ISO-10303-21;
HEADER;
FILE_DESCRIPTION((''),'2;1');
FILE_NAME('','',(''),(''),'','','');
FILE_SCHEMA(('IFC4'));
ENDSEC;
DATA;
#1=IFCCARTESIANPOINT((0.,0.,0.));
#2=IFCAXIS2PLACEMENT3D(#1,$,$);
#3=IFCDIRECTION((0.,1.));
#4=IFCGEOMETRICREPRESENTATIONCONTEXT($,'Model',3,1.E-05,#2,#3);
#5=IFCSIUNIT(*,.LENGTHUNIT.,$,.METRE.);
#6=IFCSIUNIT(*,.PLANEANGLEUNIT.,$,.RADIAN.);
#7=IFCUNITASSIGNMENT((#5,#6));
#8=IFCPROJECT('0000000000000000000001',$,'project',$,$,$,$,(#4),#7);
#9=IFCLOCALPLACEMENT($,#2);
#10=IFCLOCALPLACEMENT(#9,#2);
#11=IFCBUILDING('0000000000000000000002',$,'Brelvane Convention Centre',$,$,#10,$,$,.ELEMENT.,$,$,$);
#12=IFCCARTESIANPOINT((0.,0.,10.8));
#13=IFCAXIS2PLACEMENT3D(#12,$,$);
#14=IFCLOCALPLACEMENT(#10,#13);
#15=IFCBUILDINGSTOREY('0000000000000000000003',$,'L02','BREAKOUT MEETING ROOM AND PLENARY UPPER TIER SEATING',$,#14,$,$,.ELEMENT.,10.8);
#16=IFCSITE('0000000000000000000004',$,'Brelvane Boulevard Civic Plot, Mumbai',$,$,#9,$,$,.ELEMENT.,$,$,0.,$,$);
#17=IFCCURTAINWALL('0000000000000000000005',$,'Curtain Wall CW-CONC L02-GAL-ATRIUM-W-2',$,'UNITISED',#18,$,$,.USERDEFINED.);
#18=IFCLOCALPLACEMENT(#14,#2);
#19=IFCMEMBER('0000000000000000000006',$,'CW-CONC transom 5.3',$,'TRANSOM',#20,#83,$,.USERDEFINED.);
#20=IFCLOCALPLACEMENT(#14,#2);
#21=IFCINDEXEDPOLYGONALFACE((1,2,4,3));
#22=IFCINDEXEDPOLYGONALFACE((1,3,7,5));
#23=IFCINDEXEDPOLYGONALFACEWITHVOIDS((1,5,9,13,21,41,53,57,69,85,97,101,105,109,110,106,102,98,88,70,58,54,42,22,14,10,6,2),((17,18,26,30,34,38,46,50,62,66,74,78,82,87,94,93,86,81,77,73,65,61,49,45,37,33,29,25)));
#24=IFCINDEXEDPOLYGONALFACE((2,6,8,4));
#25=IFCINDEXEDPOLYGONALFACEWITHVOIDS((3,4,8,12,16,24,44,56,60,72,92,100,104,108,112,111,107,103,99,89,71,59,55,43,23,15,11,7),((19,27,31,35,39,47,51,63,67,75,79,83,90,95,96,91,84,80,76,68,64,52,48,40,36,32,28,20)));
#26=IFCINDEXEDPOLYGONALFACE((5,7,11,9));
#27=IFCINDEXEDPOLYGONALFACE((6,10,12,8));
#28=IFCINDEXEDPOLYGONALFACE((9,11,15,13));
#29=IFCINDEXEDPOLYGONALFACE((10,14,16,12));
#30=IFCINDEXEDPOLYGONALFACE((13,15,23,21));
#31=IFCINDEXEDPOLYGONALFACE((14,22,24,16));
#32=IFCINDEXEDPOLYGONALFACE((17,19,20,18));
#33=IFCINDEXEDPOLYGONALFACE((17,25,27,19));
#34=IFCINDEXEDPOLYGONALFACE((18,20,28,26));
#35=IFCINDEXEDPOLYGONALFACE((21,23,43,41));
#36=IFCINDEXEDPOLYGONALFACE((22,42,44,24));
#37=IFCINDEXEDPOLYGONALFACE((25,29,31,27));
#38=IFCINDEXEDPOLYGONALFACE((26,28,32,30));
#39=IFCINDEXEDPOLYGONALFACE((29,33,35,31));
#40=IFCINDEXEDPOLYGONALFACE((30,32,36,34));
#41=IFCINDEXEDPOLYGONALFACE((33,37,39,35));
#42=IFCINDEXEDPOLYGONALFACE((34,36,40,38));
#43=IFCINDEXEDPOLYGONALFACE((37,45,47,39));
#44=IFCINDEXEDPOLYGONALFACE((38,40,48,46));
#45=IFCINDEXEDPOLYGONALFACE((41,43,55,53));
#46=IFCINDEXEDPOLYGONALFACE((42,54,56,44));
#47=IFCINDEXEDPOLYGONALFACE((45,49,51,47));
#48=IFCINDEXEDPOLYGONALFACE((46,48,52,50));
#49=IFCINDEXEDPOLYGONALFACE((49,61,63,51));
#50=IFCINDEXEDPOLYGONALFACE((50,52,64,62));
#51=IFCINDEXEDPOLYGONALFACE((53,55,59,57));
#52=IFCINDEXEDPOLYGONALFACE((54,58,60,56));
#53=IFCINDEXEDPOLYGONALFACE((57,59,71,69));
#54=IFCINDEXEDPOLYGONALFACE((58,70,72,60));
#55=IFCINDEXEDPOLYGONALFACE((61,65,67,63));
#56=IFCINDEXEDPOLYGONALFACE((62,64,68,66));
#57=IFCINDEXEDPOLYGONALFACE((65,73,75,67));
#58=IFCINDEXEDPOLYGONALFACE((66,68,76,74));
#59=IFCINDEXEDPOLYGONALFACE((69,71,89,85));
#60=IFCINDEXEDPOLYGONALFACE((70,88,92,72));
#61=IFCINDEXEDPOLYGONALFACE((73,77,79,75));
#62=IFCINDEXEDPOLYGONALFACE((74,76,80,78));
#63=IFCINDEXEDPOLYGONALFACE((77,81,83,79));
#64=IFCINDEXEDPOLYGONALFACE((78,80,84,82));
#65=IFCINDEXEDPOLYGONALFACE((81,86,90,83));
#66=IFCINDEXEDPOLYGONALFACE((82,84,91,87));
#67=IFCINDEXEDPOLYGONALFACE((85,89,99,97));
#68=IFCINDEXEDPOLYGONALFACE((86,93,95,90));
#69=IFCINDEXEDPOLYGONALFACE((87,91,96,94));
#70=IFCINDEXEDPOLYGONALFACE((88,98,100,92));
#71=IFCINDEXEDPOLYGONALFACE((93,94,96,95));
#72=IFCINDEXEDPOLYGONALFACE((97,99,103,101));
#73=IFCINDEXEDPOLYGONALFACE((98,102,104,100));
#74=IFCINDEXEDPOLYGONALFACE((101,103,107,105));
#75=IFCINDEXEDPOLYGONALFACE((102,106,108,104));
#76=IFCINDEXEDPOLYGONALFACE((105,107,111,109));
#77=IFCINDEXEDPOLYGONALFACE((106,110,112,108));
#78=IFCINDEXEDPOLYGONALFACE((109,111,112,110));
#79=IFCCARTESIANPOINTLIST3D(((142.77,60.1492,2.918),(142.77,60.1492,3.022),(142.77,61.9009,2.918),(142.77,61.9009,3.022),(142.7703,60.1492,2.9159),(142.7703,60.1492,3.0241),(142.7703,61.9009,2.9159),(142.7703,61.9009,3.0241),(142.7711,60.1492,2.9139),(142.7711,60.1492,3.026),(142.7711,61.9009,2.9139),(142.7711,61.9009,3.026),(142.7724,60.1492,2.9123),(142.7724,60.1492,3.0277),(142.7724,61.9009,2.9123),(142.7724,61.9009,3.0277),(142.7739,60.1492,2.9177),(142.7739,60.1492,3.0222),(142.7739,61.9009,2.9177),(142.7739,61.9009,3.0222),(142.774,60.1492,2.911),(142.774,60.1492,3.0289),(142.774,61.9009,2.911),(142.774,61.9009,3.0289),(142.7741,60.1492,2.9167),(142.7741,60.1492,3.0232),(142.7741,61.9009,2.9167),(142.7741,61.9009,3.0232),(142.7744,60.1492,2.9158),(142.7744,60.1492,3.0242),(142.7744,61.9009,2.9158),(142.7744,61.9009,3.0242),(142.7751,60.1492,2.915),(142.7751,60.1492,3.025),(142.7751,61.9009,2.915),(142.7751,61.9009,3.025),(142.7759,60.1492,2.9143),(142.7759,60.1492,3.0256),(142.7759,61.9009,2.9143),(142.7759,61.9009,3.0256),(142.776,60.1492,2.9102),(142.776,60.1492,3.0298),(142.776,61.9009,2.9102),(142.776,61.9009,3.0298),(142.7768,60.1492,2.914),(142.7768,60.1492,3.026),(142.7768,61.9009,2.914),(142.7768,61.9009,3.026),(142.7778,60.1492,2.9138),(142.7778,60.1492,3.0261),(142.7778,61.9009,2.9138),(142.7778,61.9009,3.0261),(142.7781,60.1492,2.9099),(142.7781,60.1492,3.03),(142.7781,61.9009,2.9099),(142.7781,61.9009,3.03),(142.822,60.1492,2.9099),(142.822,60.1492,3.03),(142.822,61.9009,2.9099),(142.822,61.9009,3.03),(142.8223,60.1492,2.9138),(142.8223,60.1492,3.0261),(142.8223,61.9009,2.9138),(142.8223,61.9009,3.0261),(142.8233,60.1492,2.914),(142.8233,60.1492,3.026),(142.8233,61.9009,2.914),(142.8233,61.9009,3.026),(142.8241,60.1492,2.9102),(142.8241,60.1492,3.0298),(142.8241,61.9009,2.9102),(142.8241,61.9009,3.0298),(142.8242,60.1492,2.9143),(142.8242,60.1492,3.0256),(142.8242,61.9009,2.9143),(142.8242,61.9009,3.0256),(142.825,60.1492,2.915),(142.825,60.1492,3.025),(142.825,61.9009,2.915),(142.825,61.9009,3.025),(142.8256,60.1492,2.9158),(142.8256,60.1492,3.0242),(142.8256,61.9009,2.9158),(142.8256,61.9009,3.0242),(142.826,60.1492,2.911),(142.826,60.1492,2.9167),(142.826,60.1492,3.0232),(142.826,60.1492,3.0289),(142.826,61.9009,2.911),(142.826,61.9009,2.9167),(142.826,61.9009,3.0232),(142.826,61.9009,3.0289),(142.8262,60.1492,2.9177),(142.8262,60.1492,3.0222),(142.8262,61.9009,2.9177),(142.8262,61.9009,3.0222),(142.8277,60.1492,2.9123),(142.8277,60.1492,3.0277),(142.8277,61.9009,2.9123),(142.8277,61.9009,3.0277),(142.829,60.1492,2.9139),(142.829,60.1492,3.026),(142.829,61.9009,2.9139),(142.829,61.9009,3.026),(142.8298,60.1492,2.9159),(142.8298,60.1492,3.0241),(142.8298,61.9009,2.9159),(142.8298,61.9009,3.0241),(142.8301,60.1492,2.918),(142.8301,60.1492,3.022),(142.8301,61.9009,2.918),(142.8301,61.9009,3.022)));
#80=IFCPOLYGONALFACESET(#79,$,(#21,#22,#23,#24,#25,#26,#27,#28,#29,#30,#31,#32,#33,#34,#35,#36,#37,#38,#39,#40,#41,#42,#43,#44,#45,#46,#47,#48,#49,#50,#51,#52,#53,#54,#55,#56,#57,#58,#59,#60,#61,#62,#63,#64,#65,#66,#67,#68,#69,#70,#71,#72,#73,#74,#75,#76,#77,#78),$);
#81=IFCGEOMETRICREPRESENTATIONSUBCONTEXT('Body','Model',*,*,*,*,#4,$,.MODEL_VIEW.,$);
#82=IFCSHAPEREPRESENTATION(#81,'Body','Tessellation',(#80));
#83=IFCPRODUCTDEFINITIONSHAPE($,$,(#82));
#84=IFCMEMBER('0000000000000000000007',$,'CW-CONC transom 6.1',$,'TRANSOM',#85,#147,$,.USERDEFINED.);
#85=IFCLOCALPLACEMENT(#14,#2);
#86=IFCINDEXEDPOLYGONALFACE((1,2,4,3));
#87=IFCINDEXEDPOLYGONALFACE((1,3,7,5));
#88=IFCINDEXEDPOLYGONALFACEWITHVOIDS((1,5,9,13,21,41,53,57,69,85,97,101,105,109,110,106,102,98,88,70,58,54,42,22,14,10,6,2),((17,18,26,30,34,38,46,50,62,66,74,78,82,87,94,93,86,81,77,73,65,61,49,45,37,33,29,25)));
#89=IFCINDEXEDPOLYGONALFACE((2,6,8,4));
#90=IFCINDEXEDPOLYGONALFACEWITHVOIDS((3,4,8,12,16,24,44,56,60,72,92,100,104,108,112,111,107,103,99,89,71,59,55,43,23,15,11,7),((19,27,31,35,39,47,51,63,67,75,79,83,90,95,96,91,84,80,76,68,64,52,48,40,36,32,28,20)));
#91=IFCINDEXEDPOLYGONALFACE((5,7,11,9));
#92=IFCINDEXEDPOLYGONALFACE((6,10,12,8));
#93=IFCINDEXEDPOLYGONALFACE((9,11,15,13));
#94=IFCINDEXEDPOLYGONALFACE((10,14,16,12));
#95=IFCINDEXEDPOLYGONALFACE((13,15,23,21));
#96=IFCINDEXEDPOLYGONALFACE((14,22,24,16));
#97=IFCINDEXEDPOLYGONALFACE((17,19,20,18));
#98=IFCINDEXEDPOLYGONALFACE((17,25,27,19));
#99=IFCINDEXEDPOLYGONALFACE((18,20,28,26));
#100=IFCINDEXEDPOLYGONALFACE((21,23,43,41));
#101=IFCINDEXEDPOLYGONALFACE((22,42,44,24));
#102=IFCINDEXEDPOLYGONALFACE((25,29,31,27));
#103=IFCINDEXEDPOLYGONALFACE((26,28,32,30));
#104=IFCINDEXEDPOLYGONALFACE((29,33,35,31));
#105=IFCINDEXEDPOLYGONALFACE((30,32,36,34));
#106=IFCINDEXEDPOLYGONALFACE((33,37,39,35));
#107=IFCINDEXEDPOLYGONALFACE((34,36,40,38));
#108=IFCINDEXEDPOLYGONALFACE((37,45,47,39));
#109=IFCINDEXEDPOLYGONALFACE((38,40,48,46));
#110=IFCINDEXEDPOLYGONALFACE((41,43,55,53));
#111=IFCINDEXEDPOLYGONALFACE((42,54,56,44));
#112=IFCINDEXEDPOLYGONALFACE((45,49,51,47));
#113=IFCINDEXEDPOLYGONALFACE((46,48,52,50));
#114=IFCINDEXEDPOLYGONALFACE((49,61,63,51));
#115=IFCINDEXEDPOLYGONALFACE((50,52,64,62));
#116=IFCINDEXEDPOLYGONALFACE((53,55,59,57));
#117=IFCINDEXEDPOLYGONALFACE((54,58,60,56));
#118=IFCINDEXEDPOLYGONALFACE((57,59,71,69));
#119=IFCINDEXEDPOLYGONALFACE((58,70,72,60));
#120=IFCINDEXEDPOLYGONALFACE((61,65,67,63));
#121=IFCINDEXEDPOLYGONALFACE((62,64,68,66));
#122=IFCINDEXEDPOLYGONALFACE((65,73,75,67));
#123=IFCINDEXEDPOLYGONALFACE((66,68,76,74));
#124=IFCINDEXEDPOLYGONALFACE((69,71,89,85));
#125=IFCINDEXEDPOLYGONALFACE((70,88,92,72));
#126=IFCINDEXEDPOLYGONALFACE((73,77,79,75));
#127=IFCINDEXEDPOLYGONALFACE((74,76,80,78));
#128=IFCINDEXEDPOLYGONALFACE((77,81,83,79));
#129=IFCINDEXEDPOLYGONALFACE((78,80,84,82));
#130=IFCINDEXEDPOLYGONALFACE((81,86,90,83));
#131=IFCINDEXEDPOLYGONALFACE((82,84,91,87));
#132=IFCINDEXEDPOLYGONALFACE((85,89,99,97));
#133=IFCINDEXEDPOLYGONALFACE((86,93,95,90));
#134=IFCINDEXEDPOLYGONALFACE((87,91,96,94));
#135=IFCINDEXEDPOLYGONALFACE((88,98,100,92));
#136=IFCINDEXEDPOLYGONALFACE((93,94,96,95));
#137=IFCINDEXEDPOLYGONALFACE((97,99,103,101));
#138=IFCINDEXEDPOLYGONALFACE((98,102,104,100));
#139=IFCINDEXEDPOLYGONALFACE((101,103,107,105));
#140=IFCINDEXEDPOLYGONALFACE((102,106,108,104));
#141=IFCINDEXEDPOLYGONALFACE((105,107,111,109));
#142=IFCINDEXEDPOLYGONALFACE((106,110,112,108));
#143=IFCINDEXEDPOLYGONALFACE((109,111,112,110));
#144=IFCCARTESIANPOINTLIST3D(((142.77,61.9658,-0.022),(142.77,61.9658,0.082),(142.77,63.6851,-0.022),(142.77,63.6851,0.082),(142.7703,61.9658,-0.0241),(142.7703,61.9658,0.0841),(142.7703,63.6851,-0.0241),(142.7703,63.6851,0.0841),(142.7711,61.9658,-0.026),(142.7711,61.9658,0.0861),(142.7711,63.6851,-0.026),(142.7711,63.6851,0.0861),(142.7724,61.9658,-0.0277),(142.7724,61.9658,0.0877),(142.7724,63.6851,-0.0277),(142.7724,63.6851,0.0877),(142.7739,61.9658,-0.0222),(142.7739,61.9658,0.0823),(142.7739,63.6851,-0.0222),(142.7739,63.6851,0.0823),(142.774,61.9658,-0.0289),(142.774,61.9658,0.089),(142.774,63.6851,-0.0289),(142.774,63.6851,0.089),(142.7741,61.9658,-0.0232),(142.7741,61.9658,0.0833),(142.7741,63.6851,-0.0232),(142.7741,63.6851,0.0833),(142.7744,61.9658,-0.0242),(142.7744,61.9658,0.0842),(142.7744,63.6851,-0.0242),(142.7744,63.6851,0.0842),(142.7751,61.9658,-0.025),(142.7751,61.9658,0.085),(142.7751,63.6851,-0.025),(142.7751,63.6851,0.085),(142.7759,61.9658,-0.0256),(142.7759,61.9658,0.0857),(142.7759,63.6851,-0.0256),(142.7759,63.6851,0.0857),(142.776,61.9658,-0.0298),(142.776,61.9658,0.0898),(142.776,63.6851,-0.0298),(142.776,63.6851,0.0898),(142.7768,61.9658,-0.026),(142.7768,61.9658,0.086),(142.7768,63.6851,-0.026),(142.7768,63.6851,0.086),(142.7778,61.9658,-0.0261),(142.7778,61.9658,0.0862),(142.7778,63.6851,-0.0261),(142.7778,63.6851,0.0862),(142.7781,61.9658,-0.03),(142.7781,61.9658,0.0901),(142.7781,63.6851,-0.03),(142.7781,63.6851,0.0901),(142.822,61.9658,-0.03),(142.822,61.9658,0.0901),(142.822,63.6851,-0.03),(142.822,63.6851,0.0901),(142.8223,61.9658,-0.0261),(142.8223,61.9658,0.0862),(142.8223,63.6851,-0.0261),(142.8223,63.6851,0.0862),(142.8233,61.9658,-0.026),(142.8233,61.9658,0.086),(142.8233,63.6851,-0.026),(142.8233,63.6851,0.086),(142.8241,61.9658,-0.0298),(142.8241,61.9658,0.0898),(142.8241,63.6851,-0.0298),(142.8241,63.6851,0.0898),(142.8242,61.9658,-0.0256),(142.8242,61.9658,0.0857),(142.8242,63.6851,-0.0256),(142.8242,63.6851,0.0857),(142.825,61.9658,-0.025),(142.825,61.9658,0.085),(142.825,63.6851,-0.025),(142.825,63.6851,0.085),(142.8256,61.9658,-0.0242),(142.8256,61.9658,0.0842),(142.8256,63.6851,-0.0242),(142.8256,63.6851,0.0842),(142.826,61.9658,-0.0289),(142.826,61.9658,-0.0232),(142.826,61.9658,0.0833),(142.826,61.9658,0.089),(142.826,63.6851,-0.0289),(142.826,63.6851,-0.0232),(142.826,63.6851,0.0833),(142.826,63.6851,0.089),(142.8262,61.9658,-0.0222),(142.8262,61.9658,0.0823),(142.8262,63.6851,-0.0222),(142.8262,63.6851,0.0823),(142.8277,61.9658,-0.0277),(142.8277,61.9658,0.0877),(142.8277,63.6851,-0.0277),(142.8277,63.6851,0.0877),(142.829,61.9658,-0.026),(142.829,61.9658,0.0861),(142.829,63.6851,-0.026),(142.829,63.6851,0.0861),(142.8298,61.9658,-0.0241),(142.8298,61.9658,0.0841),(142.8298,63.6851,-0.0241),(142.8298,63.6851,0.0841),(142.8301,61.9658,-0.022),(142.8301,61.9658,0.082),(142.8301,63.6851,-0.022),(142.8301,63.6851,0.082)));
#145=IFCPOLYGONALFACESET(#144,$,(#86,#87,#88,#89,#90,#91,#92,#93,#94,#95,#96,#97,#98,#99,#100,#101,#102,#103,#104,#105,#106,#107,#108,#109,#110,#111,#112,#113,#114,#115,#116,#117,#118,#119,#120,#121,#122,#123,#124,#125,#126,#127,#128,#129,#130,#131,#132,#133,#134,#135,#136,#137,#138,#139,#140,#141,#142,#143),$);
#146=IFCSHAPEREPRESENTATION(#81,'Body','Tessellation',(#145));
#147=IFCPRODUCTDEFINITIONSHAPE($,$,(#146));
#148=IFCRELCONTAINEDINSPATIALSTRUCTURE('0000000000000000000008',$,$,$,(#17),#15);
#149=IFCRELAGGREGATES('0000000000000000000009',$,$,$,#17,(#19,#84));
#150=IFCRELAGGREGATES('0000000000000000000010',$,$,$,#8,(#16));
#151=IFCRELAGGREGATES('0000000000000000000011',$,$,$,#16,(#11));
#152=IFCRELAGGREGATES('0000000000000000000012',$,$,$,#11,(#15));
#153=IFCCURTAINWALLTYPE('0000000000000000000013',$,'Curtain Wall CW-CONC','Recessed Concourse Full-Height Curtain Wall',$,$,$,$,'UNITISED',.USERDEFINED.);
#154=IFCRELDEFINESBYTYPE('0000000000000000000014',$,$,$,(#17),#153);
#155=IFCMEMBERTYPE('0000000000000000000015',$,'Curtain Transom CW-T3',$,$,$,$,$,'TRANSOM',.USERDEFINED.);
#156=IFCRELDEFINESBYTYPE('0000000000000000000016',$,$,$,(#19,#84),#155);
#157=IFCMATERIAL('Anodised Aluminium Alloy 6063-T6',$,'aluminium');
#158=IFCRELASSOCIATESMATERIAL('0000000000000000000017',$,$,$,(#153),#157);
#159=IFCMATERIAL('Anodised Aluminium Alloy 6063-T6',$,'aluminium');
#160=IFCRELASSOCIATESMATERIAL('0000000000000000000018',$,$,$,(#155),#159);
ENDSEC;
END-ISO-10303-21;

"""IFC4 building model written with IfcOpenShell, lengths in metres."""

from ifc_helpers import new_model, si_unit, direction, frame, origin, origin_2d, place, context, subcontext, project, spatial, hollow_rectangle, extrude, material, material_profile, profile_set, type_object, element, aggregate, save


model = new_model("IFC4")

# Units and contexts
model_context = context("Model", 3, precision=1e-05, world=origin(), true_north=direction((0.0, 1.0)))
body_context = subcontext(model_context, "Body", "Model", "MODEL_VIEW")
ifc_project = project(units=[si_unit("LENGTHUNIT", "METRE"), si_unit("PLANEANGLEUNIT", "RADIAN")], contexts=[model_context])

# Site, building, storey
site_placement = place(None, origin())
site = spatial("IfcSite", under=ifc_project, at=site_placement, Name="Brelvane Boulevard Civic Plot, Mumbai", CompositionType="ELEMENT", RefElevation=0.0)
building_placement = place(site_placement, origin())
building = spatial("IfcBuilding", under=site, at=building_placement, Name="Brelvane Convention Centre", CompositionType="ELEMENT")
storey_placement = place(building_placement, frame((0.0, 0.0, 10.8)))
storey = spatial("IfcBuildingStorey", under=building, at=storey_placement, Name="L02", Description="BREAKOUT MEETING ROOM AND PLENARY UPPER TIER SEATING", CompositionType="ELEMENT", Elevation=10.8)

# Curtain wall, members
ifc_material_1 = material(Name="Anodised Aluminium Alloy 6063-T6", Category="aluminium")
curtain_wall_type = type_object("IfcCurtainWallType", Name="Curtain Wall CW-CONC", Description="Recessed Concourse Full-Height Curtain Wall", ElementType="UNITISED", PredefinedType="USERDEFINED", material=ifc_material_1)
curtain_wall_placement = place(storey_placement, origin())
curtain_wall = element("IfcCurtainWall", 1, at=curtain_wall_placement, inside=storey, type_object=curtain_wall_type, Name="Curtain Wall CW-CONC L02-GAL-ATRIUM-W-2", ObjectType="UNITISED", PredefinedType="USERDEFINED")
ifc_material_2 = material(Name="Anodised Aluminium Alloy 6063-T6", Category="aluminium")
ifc_material_profile_1 = material_profile(ifc_material_2, hollow_rectangle(XDim=0.0601, YDim=0.1201, WallThickness=0.0039, InnerFilletRadius=0.0039, OuterFilletRadius=0.0081, at=origin_2d()), Name="ALU-T 120x60x4.0")
ifc_profile_set_1 = profile_set([ifc_material_profile_1], Name="Anodised Aluminium Alloy 6063-T6")
member_type_1 = type_object("IfcMemberType", Name="Curtain Transom CW-T3", ElementType="TRANSOM", PredefinedType="USERDEFINED", material=ifc_profile_set_1)
member_1_placement = place(storey_placement, frame((142.8, 60.1492, 2.97), z_axis=(0.0, 1.0, 0.0), x_axis=(-1.0, 0.0, 0.0)))
member_1 = element("IfcMember", 2, at=member_1_placement, type_object=member_type_1, Name="CW-CONC transom 5.3", ObjectType="TRANSOM", PredefinedType="USERDEFINED", context=body_context, shape_type="SweptSolid", body=[
    extrude(hollow_rectangle(XDim=0.0601, YDim=0.1201, WallThickness=0.0039, InnerFilletRadius=0.0039, OuterFilletRadius=0.0081, at=origin_2d()), origin(), (0.0, 0.0, 1.0), 1.7517),
])
member_2_placement = place(storey_placement, frame((142.8, 61.9658, 0.03), z_axis=(0.0, 1.0, 0.0), x_axis=(-1.0, 0.0, 0.0)))
member_2 = element("IfcMember", 3, at=member_2_placement, type_object=member_type_1, Name="CW-CONC transom 6.1", ObjectType="TRANSOM", PredefinedType="USERDEFINED", context=body_context, shape_type="SweptSolid", body=[
    extrude(hollow_rectangle(XDim=0.0601, YDim=0.1201, WallThickness=0.0039, InnerFilletRadius=0.0039, OuterFilletRadius=0.0081, at=origin_2d()), origin(), (0.0, 0.0, 1.0), 1.7192),
])

aggregate(curtain_wall, [member_1, member_2])

save(model, "model.ifc")
